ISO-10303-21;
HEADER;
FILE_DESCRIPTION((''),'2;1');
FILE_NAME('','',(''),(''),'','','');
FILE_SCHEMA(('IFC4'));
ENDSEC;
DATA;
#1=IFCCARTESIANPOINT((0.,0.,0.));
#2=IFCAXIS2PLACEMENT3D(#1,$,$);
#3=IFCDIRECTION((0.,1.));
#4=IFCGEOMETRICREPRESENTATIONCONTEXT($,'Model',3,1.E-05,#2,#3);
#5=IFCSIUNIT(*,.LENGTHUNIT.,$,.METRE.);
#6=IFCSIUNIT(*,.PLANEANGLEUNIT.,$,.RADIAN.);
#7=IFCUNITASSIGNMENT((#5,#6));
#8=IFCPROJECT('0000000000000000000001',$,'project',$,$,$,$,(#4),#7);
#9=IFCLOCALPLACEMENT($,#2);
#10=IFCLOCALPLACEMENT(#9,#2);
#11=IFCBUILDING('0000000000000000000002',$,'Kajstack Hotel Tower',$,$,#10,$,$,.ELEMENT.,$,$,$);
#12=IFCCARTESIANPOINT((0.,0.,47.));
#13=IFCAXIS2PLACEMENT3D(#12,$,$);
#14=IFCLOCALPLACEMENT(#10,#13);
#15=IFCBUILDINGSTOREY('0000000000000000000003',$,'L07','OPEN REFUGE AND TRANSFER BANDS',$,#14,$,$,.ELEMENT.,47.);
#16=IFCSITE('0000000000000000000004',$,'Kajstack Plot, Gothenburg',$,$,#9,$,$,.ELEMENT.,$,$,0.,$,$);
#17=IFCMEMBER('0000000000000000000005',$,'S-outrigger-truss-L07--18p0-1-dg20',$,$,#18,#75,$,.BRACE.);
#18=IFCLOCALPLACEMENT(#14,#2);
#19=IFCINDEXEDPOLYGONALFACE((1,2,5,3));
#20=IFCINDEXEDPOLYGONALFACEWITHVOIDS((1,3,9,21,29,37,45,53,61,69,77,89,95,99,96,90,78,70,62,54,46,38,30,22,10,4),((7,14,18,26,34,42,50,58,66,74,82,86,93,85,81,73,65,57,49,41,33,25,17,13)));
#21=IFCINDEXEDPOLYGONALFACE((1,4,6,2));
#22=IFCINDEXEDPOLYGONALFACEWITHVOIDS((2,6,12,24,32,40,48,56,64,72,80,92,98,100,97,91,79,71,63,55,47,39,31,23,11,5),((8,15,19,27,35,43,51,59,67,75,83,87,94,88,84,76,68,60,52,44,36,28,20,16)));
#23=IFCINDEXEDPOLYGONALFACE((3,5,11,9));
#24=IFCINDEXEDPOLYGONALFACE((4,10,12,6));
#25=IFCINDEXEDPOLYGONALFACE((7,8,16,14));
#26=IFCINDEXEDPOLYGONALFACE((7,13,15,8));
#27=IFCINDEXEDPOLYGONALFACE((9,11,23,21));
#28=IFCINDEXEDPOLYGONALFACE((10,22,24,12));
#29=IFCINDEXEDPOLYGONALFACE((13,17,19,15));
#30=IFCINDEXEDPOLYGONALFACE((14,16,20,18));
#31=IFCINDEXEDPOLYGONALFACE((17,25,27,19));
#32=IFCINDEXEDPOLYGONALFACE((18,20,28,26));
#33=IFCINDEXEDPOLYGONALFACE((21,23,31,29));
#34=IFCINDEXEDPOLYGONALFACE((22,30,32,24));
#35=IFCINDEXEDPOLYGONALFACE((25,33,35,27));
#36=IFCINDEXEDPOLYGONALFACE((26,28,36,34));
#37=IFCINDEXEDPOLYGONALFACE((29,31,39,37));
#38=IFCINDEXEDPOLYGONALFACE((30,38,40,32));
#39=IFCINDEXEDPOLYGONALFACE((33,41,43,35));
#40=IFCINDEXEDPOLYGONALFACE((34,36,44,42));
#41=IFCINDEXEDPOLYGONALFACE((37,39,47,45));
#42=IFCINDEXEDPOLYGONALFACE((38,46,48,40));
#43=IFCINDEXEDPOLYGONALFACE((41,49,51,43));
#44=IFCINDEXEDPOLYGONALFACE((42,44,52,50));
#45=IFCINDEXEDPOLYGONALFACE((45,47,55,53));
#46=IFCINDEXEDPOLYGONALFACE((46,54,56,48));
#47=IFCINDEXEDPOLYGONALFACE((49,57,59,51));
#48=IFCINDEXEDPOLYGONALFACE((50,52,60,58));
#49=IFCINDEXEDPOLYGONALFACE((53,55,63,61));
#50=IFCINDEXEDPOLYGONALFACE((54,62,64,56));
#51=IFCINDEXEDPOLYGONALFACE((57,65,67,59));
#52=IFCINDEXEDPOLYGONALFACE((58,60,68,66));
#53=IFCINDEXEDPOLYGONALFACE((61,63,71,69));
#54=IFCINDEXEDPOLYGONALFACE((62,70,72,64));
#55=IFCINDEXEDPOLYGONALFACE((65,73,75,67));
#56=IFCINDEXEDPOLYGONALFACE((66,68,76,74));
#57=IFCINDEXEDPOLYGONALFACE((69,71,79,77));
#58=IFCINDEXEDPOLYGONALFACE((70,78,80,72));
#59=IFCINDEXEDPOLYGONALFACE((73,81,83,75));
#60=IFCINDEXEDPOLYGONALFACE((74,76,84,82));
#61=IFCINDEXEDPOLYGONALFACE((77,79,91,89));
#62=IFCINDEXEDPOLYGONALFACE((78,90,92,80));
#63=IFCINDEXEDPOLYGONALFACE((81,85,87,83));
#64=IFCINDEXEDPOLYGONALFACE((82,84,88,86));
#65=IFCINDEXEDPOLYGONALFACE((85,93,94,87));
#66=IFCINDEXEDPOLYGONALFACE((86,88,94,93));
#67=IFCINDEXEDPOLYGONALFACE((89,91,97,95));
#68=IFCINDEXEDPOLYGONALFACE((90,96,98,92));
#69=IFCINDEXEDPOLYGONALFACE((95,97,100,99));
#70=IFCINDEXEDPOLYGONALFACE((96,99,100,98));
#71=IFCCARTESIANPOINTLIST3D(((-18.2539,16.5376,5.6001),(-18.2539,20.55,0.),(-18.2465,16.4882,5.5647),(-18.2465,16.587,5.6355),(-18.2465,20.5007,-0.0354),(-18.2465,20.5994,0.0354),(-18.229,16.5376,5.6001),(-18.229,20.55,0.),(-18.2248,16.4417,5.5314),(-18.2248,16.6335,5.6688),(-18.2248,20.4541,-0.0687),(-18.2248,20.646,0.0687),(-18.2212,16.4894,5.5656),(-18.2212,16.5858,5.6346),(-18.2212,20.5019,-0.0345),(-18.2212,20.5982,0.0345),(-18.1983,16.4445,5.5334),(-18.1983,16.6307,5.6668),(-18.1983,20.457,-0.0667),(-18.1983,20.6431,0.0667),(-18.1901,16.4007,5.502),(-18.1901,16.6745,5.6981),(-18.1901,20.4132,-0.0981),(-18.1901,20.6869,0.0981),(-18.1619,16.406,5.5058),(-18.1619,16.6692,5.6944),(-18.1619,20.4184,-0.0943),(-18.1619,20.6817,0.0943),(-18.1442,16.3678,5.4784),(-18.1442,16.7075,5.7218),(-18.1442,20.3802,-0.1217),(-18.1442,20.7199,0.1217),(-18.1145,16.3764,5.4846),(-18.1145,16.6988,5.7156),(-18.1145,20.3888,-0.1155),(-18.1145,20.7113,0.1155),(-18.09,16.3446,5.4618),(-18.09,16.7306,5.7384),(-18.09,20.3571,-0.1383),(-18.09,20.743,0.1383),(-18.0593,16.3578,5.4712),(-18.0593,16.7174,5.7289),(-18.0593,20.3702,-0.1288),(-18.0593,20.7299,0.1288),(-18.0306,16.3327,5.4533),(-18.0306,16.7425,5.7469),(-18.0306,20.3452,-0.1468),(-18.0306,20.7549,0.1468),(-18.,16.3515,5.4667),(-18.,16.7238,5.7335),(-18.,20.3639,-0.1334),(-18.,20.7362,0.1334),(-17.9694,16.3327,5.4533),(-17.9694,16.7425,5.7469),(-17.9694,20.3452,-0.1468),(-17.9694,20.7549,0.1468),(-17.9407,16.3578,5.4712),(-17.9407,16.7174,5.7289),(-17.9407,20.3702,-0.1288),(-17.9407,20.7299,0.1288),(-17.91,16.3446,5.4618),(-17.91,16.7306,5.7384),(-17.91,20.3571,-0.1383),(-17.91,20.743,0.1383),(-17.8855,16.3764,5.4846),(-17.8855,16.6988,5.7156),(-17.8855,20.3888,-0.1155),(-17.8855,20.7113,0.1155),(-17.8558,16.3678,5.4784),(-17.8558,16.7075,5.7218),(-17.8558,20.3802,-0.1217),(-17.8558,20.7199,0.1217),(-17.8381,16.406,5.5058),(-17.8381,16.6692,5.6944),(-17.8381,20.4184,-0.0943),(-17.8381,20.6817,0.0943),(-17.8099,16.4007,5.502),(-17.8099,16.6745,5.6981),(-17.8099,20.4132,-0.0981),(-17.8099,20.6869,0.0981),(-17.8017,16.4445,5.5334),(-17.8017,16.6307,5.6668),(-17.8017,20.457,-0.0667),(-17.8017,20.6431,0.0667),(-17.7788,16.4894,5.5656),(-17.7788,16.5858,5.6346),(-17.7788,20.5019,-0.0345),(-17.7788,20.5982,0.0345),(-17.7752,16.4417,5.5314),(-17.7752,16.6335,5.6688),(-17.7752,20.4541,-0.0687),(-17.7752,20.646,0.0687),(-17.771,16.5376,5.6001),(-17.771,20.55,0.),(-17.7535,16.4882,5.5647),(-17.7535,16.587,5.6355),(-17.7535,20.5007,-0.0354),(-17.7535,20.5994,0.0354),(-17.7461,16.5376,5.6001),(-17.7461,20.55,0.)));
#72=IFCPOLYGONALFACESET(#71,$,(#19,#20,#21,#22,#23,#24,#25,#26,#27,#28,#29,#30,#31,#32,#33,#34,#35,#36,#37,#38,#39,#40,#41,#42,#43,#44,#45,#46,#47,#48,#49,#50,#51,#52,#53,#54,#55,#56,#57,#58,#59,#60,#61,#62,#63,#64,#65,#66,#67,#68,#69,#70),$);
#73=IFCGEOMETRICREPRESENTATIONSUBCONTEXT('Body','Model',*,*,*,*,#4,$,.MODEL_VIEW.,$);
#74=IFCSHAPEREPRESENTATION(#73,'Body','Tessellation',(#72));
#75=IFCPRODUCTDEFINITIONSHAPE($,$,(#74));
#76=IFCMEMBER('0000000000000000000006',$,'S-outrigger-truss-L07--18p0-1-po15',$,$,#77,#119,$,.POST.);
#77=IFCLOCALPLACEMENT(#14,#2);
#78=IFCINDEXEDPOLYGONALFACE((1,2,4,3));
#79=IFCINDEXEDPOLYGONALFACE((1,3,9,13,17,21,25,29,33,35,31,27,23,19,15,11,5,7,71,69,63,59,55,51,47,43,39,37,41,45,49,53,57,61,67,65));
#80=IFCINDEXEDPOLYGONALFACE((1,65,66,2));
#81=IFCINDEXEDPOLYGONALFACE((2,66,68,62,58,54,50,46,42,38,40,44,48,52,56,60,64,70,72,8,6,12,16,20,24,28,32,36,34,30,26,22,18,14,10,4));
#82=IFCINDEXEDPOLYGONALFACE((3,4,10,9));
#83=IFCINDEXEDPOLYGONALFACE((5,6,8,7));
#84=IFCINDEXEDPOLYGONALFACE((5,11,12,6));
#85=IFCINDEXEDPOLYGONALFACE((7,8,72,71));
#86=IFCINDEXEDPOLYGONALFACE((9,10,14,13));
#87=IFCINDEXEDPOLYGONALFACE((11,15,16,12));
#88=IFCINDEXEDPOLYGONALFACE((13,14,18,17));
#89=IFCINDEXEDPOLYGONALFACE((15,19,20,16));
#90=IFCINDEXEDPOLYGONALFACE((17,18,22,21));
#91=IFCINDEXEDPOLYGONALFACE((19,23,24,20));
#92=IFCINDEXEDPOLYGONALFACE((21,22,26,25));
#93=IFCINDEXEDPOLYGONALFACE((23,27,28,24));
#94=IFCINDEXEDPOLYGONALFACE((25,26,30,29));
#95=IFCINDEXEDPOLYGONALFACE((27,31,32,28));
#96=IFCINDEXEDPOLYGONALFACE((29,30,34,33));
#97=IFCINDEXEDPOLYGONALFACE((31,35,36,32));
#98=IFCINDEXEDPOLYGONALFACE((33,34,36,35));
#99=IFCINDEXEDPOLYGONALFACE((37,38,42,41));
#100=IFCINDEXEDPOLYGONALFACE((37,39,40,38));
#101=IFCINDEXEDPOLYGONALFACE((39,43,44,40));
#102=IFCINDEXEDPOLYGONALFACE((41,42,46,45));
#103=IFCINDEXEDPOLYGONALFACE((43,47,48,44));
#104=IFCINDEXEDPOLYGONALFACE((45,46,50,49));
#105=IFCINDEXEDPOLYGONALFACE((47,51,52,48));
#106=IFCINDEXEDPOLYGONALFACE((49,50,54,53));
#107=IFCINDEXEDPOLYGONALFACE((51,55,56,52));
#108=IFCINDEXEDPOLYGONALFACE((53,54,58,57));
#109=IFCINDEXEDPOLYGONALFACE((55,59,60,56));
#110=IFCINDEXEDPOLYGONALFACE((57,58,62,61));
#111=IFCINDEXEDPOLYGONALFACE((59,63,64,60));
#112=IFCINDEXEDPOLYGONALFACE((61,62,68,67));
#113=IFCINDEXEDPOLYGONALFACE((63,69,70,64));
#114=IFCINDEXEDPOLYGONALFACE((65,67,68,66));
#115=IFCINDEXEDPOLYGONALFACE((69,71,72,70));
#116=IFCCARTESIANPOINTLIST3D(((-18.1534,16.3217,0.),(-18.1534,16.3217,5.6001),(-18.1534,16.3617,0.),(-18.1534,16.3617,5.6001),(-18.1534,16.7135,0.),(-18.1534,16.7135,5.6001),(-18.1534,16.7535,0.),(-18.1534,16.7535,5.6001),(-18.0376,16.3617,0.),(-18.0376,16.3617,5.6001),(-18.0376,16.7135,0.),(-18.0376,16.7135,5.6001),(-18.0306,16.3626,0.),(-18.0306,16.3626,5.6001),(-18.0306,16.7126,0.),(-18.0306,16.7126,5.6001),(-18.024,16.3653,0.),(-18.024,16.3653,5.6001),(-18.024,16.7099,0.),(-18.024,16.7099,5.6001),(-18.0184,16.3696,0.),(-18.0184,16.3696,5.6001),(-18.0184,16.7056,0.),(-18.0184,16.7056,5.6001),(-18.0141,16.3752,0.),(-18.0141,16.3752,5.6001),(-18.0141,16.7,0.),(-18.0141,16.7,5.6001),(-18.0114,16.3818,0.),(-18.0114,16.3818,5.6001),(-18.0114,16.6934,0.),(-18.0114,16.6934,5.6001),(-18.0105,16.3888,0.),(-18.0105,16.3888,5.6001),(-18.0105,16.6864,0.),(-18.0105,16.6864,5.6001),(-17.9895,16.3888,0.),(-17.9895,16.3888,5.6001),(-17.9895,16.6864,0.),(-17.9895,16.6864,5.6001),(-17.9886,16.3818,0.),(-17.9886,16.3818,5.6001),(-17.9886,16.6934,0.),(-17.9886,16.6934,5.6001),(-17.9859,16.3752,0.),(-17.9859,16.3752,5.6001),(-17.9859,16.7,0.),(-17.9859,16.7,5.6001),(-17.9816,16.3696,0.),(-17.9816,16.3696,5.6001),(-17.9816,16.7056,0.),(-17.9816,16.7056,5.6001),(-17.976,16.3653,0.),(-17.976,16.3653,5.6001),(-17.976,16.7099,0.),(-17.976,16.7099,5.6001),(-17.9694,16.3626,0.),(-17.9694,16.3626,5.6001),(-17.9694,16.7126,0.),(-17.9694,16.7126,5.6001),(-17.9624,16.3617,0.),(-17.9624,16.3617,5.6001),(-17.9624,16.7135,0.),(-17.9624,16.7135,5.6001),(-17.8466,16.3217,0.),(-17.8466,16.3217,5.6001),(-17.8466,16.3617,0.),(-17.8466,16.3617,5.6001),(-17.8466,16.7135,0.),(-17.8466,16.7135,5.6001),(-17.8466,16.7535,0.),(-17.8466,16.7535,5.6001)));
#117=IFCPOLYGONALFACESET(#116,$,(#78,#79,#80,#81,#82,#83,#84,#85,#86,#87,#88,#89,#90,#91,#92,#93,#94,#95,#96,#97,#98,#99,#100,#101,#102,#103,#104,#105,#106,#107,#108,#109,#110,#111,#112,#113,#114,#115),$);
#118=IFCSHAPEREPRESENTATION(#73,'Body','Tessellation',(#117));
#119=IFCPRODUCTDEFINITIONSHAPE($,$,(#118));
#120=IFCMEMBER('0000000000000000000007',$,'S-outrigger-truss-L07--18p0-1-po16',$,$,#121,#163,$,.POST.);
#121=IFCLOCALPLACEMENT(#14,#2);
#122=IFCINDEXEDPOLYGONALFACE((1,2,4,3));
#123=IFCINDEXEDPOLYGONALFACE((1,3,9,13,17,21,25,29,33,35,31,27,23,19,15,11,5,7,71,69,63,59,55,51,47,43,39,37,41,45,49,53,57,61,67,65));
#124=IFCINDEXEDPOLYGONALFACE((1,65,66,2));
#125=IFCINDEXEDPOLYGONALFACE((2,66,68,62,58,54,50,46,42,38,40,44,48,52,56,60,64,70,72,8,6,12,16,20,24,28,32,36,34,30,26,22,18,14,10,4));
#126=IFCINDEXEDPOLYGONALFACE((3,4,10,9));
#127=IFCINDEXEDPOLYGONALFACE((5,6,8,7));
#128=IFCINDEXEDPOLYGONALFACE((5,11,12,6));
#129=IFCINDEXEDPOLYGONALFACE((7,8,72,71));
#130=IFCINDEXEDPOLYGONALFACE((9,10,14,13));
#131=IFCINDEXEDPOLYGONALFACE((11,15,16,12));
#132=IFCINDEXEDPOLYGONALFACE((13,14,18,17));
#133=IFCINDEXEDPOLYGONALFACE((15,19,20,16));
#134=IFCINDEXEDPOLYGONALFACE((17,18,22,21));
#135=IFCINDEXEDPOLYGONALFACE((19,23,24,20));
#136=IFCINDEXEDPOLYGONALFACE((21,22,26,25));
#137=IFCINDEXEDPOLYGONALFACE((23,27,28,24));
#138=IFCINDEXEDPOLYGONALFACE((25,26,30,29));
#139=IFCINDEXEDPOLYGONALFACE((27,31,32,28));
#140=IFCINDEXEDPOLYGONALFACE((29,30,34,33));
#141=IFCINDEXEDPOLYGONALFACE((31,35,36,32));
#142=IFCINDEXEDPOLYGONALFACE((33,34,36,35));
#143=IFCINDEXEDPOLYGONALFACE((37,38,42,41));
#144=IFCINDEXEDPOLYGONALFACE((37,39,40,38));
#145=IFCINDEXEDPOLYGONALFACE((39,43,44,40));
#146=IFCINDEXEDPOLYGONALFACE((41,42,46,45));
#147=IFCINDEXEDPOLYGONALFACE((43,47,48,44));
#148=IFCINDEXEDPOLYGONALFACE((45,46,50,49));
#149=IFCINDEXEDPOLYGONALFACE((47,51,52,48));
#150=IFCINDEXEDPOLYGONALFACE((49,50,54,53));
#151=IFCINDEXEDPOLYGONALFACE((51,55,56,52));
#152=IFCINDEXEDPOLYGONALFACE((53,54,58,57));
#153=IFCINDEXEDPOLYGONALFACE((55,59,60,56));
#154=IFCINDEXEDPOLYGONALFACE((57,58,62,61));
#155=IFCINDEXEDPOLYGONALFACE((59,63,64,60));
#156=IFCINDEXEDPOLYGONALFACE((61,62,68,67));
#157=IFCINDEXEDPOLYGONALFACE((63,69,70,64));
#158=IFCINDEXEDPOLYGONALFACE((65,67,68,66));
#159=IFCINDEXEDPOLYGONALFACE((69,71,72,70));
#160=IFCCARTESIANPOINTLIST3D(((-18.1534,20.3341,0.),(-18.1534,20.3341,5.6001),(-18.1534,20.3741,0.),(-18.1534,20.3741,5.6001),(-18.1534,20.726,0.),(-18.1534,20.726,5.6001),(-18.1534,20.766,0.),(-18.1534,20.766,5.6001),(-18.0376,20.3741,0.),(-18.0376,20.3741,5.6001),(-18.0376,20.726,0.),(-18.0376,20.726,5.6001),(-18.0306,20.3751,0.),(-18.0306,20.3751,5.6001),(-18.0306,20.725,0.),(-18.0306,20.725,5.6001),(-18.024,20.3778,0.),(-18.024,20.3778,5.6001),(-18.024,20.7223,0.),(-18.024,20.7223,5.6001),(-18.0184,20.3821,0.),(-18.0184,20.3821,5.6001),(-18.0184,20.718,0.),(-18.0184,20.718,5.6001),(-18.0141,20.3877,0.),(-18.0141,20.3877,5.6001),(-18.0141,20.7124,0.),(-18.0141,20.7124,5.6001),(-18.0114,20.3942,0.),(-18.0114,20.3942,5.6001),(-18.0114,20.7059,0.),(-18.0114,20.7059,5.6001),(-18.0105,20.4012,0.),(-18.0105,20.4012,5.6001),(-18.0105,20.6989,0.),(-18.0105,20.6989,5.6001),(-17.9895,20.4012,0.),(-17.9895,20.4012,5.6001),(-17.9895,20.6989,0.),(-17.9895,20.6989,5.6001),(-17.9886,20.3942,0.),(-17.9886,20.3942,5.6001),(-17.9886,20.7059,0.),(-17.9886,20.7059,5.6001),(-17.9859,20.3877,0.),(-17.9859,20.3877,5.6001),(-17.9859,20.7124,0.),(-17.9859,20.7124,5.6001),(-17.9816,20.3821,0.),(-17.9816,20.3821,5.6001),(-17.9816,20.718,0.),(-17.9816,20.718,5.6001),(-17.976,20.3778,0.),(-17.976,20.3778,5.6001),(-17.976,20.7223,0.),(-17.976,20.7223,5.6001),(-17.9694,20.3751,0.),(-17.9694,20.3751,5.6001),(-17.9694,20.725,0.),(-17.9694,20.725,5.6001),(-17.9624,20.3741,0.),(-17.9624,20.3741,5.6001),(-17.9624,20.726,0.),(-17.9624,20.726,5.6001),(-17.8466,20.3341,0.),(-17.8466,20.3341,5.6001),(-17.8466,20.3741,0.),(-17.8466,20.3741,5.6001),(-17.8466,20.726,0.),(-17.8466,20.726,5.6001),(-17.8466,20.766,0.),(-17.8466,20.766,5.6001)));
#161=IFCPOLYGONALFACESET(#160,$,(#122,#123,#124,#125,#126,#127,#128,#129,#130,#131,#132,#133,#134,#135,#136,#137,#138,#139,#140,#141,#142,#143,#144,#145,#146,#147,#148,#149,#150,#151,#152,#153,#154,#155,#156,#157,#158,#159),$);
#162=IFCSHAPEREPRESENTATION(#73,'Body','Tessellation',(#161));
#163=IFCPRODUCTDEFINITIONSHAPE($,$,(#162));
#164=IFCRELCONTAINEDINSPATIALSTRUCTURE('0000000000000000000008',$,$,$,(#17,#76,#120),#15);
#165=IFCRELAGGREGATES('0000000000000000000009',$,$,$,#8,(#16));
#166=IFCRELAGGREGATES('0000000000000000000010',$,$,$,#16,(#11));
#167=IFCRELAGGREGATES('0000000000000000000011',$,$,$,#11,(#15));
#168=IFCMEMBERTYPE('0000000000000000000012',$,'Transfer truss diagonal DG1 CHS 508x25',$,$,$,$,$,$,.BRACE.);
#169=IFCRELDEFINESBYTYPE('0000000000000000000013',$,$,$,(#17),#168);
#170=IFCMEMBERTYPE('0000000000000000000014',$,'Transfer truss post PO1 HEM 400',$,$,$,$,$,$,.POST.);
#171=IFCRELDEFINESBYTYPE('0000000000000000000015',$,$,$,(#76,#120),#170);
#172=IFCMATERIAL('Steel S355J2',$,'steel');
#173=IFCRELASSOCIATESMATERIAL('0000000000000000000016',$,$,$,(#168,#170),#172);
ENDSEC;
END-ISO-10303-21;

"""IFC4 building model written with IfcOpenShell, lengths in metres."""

from ifc_helpers import new_model, si_unit, direction, frame, origin, origin_2d, place, context, subcontext, project, spatial, hollow_circle, i_section, extrude, material, material_profile, profile_set, type_object, element, save


model = new_model("IFC4")

# Units and contexts
model_context = context("Model", 3, precision=1e-05, world=origin(), true_north=direction((0.0, 1.0)))
body_context = subcontext(model_context, "Body", "Model", "MODEL_VIEW")
ifc_project = project(units=[si_unit("LENGTHUNIT", "METRE"), si_unit("PLANEANGLEUNIT", "RADIAN")], contexts=[model_context])

# Site, building, storey
site_placement = place(None, origin())
site = spatial("IfcSite", under=ifc_project, at=site_placement, Name="Kajstack Plot, Gothenburg", CompositionType="ELEMENT", RefElevation=0.0)
building_placement = place(site_placement, origin())
building = spatial("IfcBuilding", under=site, at=building_placement, Name="Kajstack Hotel Tower", CompositionType="ELEMENT")
storey_placement = place(building_placement, frame((0.0, 0.0, 47.0)))
storey = spatial("IfcBuildingStorey", under=building, at=storey_placement, Name="L07", Description="OPEN REFUGE AND TRANSFER BANDS", CompositionType="ELEMENT", Elevation=47.0)

# Members
ifc_material_1 = material(Name="Steel S355J2", Category="steel")
ifc_material_profile_1 = material_profile(ifc_material_1, hollow_circle(Radius=0.2539, WallThickness=0.0249, at=origin_2d()), Name="CHS 508x25")
ifc_profile_set_1 = profile_set([ifc_material_profile_1], Name="Steel S355J2")
member_type_1 = type_object("IfcMemberType", Name="Transfer truss diagonal DG1 CHS 508x25", PredefinedType="BRACE", material=ifc_profile_set_1)
member_1_placement = place(storey_placement, frame((-18.0, 20.55, 0.0), z_axis=(0.0, -0.582428, 0.812883), x_axis=(1.0, 0.0, 0.0)))
element("IfcMember", 1, at=member_1_placement, inside=storey, type_object=member_type_1, Name="S-outrigger-truss-L07--18p0-1-dg20", PredefinedType="BRACE", context=body_context, shape_type="SweptSolid", body=[
    extrude(hollow_circle(Radius=0.2539, WallThickness=0.0249, at=origin_2d()), origin(), (0.0, 0.0, 1.0), 6.8892),
])
ifc_material_profile_2 = material_profile(ifc_material_1, i_section(OverallWidth=0.3069, OverallDepth=0.4319, WebThickness=0.021, FlangeThickness=0.04, FilletRadius=0.0271, at=origin_2d()), Name="HEM 400")
ifc_profile_set_2 = profile_set([ifc_material_profile_2], Name="Steel S355J2")
member_type_2 = type_object("IfcMemberType", Name="Transfer truss post PO1 HEM 400", PredefinedType="POST", material=ifc_profile_set_2)
for number, where, z_axis, x_axis, name in (
    (2, (-18.0, 16.5376, 0.0), (0.0, 0.0, 1.0), (1.0, 0.0, 0.0), "S-outrigger-truss-L07--18p0-1-po15"),
    (3, (-18.0, 20.55, 0.0), (0.0, 0.0, 1.0), (1.0, 0.0, 0.0), "S-outrigger-truss-L07--18p0-1-po16"),
):
    element("IfcMember", number, at=place(storey_placement, frame(where, z_axis=z_axis, x_axis=x_axis)), inside=storey, type_object=member_type_2, Name=name, PredefinedType="POST", context=body_context, shape_type="SweptSolid", body=[
        extrude(i_section(OverallWidth=0.3069, OverallDepth=0.4319, WebThickness=0.021, FlangeThickness=0.04, FilletRadius=0.0271, at=origin_2d()), origin(), (0.0, 0.0, 1.0), 5.6001),
    ])

save(model, "model.ifc")
